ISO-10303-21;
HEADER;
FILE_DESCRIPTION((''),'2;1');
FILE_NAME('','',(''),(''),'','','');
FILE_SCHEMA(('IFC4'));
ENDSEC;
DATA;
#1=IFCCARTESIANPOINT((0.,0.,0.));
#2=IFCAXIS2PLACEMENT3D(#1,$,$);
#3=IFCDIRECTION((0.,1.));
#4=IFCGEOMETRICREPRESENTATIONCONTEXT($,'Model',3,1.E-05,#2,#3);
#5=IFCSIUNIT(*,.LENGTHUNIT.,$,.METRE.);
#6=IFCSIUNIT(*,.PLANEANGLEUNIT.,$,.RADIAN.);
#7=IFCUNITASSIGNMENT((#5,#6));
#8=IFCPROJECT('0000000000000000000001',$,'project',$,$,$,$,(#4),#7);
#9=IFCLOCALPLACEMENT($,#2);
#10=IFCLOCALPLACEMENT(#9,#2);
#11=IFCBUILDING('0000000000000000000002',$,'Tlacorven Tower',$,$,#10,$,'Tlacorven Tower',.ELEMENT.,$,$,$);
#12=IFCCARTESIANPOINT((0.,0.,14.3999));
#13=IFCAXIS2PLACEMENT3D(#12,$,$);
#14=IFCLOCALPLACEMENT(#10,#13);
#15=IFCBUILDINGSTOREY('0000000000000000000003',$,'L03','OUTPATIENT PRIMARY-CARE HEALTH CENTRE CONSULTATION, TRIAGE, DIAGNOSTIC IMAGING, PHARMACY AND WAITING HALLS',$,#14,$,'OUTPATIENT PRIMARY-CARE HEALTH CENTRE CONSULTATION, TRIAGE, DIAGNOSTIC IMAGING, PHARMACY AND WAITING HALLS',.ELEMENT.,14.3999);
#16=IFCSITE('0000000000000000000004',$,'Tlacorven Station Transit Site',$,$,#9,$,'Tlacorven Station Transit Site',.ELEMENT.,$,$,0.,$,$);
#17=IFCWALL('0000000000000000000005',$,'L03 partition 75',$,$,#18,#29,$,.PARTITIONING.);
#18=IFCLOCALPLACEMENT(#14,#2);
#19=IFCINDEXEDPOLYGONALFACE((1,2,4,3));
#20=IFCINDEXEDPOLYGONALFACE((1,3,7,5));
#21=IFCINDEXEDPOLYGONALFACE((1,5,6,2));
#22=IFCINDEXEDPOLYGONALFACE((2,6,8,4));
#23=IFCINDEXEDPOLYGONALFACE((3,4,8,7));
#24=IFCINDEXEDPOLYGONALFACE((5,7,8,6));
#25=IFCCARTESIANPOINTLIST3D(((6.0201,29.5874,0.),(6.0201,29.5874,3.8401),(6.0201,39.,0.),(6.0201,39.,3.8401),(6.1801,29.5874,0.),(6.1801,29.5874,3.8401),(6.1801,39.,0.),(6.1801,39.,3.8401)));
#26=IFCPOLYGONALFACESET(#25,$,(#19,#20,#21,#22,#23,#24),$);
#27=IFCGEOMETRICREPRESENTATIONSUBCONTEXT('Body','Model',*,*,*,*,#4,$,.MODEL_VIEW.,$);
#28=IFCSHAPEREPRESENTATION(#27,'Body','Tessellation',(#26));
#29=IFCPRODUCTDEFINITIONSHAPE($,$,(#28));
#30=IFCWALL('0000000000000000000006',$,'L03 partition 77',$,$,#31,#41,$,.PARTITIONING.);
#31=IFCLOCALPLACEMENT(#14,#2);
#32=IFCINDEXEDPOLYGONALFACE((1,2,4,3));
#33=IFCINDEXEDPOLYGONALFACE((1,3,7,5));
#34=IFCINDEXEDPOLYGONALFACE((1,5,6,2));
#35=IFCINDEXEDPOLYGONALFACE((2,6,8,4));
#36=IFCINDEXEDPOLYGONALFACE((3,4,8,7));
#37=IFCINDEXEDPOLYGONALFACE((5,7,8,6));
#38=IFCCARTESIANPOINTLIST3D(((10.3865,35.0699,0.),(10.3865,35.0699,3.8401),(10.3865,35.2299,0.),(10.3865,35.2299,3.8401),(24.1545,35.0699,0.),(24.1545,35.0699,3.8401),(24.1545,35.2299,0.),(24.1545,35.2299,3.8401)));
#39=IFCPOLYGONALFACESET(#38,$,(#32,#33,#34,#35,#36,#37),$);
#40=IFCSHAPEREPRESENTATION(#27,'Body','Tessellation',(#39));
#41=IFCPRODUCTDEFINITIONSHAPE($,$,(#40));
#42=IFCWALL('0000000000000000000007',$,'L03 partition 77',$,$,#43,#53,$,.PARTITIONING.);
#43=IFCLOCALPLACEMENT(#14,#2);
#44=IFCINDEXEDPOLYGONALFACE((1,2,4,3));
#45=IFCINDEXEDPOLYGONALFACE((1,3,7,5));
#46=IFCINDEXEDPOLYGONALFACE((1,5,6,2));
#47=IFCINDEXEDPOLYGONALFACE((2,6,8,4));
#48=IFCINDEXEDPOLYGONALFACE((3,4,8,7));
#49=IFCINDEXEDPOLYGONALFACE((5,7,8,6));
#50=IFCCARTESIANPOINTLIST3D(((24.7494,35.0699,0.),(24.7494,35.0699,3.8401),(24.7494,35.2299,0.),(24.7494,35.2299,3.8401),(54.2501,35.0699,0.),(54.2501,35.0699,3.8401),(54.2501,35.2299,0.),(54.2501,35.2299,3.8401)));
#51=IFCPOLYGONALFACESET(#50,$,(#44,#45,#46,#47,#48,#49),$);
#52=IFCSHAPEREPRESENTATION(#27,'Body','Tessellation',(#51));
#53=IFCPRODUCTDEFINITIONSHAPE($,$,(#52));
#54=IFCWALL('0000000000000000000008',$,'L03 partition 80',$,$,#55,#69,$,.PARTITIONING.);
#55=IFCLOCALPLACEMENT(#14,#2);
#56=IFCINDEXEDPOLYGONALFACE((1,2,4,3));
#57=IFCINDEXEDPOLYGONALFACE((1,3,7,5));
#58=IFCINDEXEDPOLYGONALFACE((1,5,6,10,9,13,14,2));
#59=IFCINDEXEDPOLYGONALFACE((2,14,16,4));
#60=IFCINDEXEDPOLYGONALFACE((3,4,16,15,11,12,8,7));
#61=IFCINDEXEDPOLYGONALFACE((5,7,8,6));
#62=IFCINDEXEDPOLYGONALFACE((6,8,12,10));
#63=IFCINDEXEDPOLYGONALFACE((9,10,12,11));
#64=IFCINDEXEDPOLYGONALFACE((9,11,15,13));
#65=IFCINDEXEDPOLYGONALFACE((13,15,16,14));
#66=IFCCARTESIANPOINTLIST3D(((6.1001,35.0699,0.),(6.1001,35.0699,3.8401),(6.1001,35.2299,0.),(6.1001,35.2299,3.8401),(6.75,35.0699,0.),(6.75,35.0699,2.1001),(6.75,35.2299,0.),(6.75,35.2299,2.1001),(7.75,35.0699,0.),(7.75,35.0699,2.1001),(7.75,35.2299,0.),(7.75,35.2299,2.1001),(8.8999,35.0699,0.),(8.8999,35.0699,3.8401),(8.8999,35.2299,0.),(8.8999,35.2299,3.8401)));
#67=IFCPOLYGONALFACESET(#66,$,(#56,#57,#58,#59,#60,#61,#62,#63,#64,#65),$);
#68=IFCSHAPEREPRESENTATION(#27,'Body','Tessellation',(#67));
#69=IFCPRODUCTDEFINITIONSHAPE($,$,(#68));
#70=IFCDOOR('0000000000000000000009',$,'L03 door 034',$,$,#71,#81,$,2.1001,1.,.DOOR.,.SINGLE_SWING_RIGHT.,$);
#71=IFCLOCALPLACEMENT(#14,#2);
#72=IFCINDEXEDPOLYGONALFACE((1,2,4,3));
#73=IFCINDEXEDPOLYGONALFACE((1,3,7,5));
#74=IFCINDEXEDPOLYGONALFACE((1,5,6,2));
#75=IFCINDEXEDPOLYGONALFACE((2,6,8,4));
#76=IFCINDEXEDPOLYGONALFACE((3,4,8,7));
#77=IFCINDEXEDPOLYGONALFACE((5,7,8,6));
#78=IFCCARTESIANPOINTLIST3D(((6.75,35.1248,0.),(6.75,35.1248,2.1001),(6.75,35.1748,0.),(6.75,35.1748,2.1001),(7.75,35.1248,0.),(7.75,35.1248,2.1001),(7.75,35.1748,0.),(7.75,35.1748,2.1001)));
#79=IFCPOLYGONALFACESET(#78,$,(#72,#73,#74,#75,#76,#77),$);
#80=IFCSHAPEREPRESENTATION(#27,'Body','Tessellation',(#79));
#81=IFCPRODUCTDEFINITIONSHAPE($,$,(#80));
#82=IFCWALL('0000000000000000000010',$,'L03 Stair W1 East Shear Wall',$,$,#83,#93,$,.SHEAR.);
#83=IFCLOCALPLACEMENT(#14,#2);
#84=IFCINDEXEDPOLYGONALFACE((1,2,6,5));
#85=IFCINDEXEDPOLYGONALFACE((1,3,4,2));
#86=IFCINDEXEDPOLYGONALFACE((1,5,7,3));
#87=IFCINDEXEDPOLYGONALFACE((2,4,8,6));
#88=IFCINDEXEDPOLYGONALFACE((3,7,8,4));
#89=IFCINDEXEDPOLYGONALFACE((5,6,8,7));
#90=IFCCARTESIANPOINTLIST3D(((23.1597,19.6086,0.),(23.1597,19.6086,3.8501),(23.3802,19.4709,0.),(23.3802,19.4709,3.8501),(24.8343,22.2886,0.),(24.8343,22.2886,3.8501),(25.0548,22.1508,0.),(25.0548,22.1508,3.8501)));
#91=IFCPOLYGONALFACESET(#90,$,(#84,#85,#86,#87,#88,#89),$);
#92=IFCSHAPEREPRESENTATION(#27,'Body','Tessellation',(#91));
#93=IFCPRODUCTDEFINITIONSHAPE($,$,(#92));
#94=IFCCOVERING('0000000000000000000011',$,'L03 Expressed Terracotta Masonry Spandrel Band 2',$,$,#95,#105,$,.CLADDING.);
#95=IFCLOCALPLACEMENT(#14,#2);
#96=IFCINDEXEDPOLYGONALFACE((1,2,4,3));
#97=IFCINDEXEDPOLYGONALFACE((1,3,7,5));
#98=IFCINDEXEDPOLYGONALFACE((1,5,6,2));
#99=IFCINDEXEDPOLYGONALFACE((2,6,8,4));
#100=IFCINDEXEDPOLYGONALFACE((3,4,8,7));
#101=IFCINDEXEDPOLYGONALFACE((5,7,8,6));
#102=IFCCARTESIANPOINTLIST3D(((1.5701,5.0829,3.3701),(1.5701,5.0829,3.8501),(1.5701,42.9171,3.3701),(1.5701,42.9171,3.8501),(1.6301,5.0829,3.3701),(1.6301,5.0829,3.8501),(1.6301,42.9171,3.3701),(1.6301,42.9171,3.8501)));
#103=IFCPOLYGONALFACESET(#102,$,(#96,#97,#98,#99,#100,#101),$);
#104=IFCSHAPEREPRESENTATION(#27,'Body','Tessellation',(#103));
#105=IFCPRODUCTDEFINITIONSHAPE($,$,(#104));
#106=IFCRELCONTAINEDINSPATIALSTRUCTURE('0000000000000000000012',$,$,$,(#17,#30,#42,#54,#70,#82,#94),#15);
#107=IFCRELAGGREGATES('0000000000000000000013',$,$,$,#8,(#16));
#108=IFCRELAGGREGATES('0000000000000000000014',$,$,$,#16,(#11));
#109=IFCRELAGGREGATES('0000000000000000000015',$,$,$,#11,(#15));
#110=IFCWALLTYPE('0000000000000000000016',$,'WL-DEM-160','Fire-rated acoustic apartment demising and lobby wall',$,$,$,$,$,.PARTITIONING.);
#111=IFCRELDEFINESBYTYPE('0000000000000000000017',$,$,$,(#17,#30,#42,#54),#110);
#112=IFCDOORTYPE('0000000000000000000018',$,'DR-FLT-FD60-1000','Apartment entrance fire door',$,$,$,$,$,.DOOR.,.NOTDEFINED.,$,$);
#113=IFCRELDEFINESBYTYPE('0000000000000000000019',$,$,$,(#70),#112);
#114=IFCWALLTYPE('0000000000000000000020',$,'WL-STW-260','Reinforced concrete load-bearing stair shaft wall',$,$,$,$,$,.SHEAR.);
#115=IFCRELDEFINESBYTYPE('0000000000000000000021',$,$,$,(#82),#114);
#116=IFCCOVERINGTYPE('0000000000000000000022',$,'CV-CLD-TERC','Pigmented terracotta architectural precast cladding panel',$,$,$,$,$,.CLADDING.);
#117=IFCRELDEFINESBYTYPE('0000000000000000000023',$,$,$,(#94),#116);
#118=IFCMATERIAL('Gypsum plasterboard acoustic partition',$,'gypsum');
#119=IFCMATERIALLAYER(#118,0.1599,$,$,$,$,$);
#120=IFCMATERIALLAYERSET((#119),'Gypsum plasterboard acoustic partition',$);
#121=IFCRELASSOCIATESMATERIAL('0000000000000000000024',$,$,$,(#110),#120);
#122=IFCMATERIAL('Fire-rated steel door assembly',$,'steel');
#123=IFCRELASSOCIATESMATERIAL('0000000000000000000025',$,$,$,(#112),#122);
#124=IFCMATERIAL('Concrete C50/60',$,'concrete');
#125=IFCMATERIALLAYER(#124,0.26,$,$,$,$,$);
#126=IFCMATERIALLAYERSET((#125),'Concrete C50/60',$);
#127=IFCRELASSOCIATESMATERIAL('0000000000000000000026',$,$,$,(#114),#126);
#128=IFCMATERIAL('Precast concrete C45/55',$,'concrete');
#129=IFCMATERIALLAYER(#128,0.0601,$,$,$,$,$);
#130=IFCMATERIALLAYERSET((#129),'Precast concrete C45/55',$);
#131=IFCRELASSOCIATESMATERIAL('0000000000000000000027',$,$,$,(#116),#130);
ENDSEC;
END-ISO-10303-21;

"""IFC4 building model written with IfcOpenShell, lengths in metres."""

from ifc_helpers import new_model, si_unit, direction, frame, frame_2d, origin, origin_2d, place, context, subcontext, project, spatial, rectangle, extrude, source, transform, mapped, material, layer, layer_set, type_object, element, fill, save


model = new_model("IFC4")

# Units and contexts
model_context = context("Model", 3, precision=1e-05, world=origin(), true_north=direction((0.0, 1.0)))
body_context = subcontext(model_context, "Body", "Model", "MODEL_VIEW")
ifc_project = project(units=[si_unit("LENGTHUNIT", "METRE"), si_unit("PLANEANGLEUNIT", "RADIAN")], contexts=[model_context])

# Site, building, storey
site_placement = place(None, origin())
site = spatial("IfcSite", under=ifc_project, at=site_placement, Name="Tlacorven Station Transit Site", LongName="Tlacorven Station Transit Site", CompositionType="ELEMENT", RefElevation=0.0)
building_placement = place(site_placement, origin())
building = spatial("IfcBuilding", under=site, at=building_placement, Name="Tlacorven Tower", LongName="Tlacorven Tower", CompositionType="ELEMENT")
storey_placement = place(building_placement, frame((0.0, 0.0, 14.3999)))
storey = spatial("IfcBuildingStorey", under=building, at=storey_placement, Name="L03", Description="OUTPATIENT PRIMARY-CARE HEALTH CENTRE CONSULTATION, TRIAGE, DIAGNOSTIC IMAGING, PHARMACY AND WAITING HALLS", LongName="OUTPATIENT PRIMARY-CARE HEALTH CENTRE CONSULTATION, TRIAGE, DIAGNOSTIC IMAGING, PHARMACY AND WAITING HALLS", CompositionType="ELEMENT", Elevation=14.3999)

# Walls
ifc_material_1 = material(Name="Gypsum plasterboard acoustic partition", Category="gypsum")
ifc_layer_1 = layer(ifc_material_1, 0.1599)
ifc_layer_set_1 = layer_set([ifc_layer_1], Name="Gypsum plasterboard acoustic partition")
wall_type_1 = type_object("IfcWallType", Name="WL-DEM-160", Description="Fire-rated acoustic apartment demising and lobby wall", PredefinedType="PARTITIONING", material=ifc_layer_set_1)
wall_1_placement = place(storey_placement, frame((6.1001, 29.5874, 0.0), z_axis=(0.0, 0.0, 1.0), x_axis=(0.0, 1.0, 0.0)))
element("IfcWall", 1, at=wall_1_placement, inside=storey, type_object=wall_type_1, Name="L03 partition 75", PredefinedType="PARTITIONING", context=body_context, shape_type="SweptSolid", body=[
    extrude(rectangle(XDim=9.4126, YDim=0.1599, at=frame_2d((4.7063, 0.0))), origin(), (0.0, 0.0, 1.0), 3.8401),
])
wall_2_placement = place(storey_placement, frame((10.3865, 35.1499, 0.0), z_axis=(0.0, 0.0, 1.0), x_axis=(1.0, 0.0, 0.0)))
element("IfcWall", 2, at=wall_2_placement, inside=storey, type_object=wall_type_1, Name="L03 partition 77", PredefinedType="PARTITIONING", context=body_context, shape_type="SweptSolid", body=[
    extrude(rectangle(XDim=13.7681, YDim=0.1599, at=frame_2d((6.884, 0.0))), origin(), (0.0, 0.0, 1.0), 3.8401),
])
wall_3_placement = place(storey_placement, frame((24.7493, 35.1499, 0.0), z_axis=(0.0, 0.0, 1.0), x_axis=(1.0, 0.0, 0.0)))
element("IfcWall", 3, at=wall_3_placement, inside=storey, type_object=wall_type_1, Name="L03 partition 77", PredefinedType="PARTITIONING", context=body_context, shape_type="SweptSolid", body=[
    extrude(rectangle(XDim=29.5007, YDim=0.1599, at=frame_2d((14.7505, 0.0))), origin(), (0.0, 0.0, 1.0), 3.8401),
])

# Wall, opening, door
wall_4_placement = place(storey_placement, frame((6.1001, 35.1499, 0.0), z_axis=(0.0, 0.0, 1.0), x_axis=(1.0, 0.0, 0.0)))
wall_4 = element("IfcWall", 4, at=wall_4_placement, inside=storey, type_object=wall_type_1, Name="L03 partition 80", PredefinedType="PARTITIONING", context=body_context, shape_type="SweptSolid", body=[
    extrude(rectangle(XDim=2.7998, YDim=0.1599, at=frame_2d((1.3999, 0.0))), origin(), (0.0, 0.0, 1.0), 3.8401),
])
opening_placement = place(wall_4_placement, frame((0.6499, 0.0, 0.0)))
opening = element("IfcOpeningElement", 5, at=opening_placement, cuts=wall_4, PredefinedType="OPENING", context=body_context, shape_type="SweptSolid", body=[
    extrude(rectangle(XDim=1.0, YDim=2.1001, at=frame_2d((0.5, 1.05))), frame((0.0, 0.0898, 0.0), z_axis=(0.0, -1.0, 0.0), x_axis=(1.0, 0.0, 0.0)), (0.0, 0.0, 1.0), 0.1799),
])
ifc_material_2 = material(Name="Fire-rated steel door assembly", Category="steel")
door_type = type_object("IfcDoorType", Name="DR-FLT-FD60-1000", Description="Apartment entrance fire door", OperationType="NOTDEFINED", PredefinedType="DOOR", material=ifc_material_2)
shared_shape_1 = source(origin(), body_context, "Body", "SweptSolid", [
    extrude(rectangle(XDim=1.0, YDim=2.1001, at=frame_2d((0.5, 1.05))), frame((0.0, 0.0249, 0.0), z_axis=(0.0, -1.0, 0.0), x_axis=(1.0, 0.0, 0.0)), (0.0, 0.0, 1.0), 0.05),
])
door_placement = place(opening_placement, origin())
door = element("IfcDoor", 6, at=door_placement, inside=storey, type_object=door_type, Name="L03 door 034", OperationType="SINGLE_SWING_RIGHT", OverallHeight=2.1001, OverallWidth=1.0, PredefinedType="DOOR", context=body_context, shape_type="MappedRepresentation", body=[
    mapped(shared_shape_1, transform((0.0, 0.0, 0.0), scale=1.0)),
])
fill(opening, door)

# Wall
ifc_material_3 = material(Name="Concrete C50/60", Category="concrete")
ifc_layer_2 = layer(ifc_material_3, 0.26)
ifc_layer_set_2 = layer_set([ifc_layer_2], Name="Concrete C50/60")
wall_type_2 = type_object("IfcWallType", Name="WL-STW-260", Description="Reinforced concrete load-bearing stair shaft wall", PredefinedType="SHEAR", material=ifc_layer_set_2)
wall_5_placement = place(storey_placement, frame((24.9446, 22.2197, 0.0), z_axis=(0.0, 0.0, 1.0), x_axis=(-0.529909, -0.848055, 0.0)))
element("IfcWall", 7, at=wall_5_placement, inside=storey, type_object=wall_type_2, Name="L03 Stair W1 East Shear Wall", PredefinedType="SHEAR", context=body_context, shape_type="SweptSolid", body=[
    extrude(rectangle(XDim=3.1602, YDim=0.26, at=frame_2d((1.5801, 0.0))), origin(), (0.0, 0.0, 1.0), 3.8501),
])

# Covering
ifc_material_4 = material(Name="Precast concrete C45/55", Category="concrete")
ifc_layer_3 = layer(ifc_material_4, 0.0601)
ifc_layer_set_3 = layer_set([ifc_layer_3], Name="Precast concrete C45/55")
covering_type = type_object("IfcCoveringType", Name="CV-CLD-TERC", Description="Pigmented terracotta architectural precast cladding panel", PredefinedType="CLADDING", material=ifc_layer_set_3)
shared_shape_2 = source(origin(), body_context, "Body", "SweptSolid", [
    extrude(rectangle(XDim=37.8342, YDim=0.0601, at=origin_2d()), origin(), (0.0, 0.0, 1.0), 0.48),
])
covering_placement = place(storey_placement, frame((1.6001, 24.0, 3.3701), z_axis=(0.0, 0.0, 1.0), x_axis=(0.0, 1.0, 0.0)))
element("IfcCovering", 8, at=covering_placement, inside=storey, type_object=covering_type, Name="L03 Expressed Terracotta Masonry Spandrel Band 2", PredefinedType="CLADDING", context=body_context, shape_type="MappedRepresentation", body=[
    mapped(shared_shape_2, transform((0.0, 0.0, 0.0), scale=1.0)),
])

save(model, "model.ifc")
